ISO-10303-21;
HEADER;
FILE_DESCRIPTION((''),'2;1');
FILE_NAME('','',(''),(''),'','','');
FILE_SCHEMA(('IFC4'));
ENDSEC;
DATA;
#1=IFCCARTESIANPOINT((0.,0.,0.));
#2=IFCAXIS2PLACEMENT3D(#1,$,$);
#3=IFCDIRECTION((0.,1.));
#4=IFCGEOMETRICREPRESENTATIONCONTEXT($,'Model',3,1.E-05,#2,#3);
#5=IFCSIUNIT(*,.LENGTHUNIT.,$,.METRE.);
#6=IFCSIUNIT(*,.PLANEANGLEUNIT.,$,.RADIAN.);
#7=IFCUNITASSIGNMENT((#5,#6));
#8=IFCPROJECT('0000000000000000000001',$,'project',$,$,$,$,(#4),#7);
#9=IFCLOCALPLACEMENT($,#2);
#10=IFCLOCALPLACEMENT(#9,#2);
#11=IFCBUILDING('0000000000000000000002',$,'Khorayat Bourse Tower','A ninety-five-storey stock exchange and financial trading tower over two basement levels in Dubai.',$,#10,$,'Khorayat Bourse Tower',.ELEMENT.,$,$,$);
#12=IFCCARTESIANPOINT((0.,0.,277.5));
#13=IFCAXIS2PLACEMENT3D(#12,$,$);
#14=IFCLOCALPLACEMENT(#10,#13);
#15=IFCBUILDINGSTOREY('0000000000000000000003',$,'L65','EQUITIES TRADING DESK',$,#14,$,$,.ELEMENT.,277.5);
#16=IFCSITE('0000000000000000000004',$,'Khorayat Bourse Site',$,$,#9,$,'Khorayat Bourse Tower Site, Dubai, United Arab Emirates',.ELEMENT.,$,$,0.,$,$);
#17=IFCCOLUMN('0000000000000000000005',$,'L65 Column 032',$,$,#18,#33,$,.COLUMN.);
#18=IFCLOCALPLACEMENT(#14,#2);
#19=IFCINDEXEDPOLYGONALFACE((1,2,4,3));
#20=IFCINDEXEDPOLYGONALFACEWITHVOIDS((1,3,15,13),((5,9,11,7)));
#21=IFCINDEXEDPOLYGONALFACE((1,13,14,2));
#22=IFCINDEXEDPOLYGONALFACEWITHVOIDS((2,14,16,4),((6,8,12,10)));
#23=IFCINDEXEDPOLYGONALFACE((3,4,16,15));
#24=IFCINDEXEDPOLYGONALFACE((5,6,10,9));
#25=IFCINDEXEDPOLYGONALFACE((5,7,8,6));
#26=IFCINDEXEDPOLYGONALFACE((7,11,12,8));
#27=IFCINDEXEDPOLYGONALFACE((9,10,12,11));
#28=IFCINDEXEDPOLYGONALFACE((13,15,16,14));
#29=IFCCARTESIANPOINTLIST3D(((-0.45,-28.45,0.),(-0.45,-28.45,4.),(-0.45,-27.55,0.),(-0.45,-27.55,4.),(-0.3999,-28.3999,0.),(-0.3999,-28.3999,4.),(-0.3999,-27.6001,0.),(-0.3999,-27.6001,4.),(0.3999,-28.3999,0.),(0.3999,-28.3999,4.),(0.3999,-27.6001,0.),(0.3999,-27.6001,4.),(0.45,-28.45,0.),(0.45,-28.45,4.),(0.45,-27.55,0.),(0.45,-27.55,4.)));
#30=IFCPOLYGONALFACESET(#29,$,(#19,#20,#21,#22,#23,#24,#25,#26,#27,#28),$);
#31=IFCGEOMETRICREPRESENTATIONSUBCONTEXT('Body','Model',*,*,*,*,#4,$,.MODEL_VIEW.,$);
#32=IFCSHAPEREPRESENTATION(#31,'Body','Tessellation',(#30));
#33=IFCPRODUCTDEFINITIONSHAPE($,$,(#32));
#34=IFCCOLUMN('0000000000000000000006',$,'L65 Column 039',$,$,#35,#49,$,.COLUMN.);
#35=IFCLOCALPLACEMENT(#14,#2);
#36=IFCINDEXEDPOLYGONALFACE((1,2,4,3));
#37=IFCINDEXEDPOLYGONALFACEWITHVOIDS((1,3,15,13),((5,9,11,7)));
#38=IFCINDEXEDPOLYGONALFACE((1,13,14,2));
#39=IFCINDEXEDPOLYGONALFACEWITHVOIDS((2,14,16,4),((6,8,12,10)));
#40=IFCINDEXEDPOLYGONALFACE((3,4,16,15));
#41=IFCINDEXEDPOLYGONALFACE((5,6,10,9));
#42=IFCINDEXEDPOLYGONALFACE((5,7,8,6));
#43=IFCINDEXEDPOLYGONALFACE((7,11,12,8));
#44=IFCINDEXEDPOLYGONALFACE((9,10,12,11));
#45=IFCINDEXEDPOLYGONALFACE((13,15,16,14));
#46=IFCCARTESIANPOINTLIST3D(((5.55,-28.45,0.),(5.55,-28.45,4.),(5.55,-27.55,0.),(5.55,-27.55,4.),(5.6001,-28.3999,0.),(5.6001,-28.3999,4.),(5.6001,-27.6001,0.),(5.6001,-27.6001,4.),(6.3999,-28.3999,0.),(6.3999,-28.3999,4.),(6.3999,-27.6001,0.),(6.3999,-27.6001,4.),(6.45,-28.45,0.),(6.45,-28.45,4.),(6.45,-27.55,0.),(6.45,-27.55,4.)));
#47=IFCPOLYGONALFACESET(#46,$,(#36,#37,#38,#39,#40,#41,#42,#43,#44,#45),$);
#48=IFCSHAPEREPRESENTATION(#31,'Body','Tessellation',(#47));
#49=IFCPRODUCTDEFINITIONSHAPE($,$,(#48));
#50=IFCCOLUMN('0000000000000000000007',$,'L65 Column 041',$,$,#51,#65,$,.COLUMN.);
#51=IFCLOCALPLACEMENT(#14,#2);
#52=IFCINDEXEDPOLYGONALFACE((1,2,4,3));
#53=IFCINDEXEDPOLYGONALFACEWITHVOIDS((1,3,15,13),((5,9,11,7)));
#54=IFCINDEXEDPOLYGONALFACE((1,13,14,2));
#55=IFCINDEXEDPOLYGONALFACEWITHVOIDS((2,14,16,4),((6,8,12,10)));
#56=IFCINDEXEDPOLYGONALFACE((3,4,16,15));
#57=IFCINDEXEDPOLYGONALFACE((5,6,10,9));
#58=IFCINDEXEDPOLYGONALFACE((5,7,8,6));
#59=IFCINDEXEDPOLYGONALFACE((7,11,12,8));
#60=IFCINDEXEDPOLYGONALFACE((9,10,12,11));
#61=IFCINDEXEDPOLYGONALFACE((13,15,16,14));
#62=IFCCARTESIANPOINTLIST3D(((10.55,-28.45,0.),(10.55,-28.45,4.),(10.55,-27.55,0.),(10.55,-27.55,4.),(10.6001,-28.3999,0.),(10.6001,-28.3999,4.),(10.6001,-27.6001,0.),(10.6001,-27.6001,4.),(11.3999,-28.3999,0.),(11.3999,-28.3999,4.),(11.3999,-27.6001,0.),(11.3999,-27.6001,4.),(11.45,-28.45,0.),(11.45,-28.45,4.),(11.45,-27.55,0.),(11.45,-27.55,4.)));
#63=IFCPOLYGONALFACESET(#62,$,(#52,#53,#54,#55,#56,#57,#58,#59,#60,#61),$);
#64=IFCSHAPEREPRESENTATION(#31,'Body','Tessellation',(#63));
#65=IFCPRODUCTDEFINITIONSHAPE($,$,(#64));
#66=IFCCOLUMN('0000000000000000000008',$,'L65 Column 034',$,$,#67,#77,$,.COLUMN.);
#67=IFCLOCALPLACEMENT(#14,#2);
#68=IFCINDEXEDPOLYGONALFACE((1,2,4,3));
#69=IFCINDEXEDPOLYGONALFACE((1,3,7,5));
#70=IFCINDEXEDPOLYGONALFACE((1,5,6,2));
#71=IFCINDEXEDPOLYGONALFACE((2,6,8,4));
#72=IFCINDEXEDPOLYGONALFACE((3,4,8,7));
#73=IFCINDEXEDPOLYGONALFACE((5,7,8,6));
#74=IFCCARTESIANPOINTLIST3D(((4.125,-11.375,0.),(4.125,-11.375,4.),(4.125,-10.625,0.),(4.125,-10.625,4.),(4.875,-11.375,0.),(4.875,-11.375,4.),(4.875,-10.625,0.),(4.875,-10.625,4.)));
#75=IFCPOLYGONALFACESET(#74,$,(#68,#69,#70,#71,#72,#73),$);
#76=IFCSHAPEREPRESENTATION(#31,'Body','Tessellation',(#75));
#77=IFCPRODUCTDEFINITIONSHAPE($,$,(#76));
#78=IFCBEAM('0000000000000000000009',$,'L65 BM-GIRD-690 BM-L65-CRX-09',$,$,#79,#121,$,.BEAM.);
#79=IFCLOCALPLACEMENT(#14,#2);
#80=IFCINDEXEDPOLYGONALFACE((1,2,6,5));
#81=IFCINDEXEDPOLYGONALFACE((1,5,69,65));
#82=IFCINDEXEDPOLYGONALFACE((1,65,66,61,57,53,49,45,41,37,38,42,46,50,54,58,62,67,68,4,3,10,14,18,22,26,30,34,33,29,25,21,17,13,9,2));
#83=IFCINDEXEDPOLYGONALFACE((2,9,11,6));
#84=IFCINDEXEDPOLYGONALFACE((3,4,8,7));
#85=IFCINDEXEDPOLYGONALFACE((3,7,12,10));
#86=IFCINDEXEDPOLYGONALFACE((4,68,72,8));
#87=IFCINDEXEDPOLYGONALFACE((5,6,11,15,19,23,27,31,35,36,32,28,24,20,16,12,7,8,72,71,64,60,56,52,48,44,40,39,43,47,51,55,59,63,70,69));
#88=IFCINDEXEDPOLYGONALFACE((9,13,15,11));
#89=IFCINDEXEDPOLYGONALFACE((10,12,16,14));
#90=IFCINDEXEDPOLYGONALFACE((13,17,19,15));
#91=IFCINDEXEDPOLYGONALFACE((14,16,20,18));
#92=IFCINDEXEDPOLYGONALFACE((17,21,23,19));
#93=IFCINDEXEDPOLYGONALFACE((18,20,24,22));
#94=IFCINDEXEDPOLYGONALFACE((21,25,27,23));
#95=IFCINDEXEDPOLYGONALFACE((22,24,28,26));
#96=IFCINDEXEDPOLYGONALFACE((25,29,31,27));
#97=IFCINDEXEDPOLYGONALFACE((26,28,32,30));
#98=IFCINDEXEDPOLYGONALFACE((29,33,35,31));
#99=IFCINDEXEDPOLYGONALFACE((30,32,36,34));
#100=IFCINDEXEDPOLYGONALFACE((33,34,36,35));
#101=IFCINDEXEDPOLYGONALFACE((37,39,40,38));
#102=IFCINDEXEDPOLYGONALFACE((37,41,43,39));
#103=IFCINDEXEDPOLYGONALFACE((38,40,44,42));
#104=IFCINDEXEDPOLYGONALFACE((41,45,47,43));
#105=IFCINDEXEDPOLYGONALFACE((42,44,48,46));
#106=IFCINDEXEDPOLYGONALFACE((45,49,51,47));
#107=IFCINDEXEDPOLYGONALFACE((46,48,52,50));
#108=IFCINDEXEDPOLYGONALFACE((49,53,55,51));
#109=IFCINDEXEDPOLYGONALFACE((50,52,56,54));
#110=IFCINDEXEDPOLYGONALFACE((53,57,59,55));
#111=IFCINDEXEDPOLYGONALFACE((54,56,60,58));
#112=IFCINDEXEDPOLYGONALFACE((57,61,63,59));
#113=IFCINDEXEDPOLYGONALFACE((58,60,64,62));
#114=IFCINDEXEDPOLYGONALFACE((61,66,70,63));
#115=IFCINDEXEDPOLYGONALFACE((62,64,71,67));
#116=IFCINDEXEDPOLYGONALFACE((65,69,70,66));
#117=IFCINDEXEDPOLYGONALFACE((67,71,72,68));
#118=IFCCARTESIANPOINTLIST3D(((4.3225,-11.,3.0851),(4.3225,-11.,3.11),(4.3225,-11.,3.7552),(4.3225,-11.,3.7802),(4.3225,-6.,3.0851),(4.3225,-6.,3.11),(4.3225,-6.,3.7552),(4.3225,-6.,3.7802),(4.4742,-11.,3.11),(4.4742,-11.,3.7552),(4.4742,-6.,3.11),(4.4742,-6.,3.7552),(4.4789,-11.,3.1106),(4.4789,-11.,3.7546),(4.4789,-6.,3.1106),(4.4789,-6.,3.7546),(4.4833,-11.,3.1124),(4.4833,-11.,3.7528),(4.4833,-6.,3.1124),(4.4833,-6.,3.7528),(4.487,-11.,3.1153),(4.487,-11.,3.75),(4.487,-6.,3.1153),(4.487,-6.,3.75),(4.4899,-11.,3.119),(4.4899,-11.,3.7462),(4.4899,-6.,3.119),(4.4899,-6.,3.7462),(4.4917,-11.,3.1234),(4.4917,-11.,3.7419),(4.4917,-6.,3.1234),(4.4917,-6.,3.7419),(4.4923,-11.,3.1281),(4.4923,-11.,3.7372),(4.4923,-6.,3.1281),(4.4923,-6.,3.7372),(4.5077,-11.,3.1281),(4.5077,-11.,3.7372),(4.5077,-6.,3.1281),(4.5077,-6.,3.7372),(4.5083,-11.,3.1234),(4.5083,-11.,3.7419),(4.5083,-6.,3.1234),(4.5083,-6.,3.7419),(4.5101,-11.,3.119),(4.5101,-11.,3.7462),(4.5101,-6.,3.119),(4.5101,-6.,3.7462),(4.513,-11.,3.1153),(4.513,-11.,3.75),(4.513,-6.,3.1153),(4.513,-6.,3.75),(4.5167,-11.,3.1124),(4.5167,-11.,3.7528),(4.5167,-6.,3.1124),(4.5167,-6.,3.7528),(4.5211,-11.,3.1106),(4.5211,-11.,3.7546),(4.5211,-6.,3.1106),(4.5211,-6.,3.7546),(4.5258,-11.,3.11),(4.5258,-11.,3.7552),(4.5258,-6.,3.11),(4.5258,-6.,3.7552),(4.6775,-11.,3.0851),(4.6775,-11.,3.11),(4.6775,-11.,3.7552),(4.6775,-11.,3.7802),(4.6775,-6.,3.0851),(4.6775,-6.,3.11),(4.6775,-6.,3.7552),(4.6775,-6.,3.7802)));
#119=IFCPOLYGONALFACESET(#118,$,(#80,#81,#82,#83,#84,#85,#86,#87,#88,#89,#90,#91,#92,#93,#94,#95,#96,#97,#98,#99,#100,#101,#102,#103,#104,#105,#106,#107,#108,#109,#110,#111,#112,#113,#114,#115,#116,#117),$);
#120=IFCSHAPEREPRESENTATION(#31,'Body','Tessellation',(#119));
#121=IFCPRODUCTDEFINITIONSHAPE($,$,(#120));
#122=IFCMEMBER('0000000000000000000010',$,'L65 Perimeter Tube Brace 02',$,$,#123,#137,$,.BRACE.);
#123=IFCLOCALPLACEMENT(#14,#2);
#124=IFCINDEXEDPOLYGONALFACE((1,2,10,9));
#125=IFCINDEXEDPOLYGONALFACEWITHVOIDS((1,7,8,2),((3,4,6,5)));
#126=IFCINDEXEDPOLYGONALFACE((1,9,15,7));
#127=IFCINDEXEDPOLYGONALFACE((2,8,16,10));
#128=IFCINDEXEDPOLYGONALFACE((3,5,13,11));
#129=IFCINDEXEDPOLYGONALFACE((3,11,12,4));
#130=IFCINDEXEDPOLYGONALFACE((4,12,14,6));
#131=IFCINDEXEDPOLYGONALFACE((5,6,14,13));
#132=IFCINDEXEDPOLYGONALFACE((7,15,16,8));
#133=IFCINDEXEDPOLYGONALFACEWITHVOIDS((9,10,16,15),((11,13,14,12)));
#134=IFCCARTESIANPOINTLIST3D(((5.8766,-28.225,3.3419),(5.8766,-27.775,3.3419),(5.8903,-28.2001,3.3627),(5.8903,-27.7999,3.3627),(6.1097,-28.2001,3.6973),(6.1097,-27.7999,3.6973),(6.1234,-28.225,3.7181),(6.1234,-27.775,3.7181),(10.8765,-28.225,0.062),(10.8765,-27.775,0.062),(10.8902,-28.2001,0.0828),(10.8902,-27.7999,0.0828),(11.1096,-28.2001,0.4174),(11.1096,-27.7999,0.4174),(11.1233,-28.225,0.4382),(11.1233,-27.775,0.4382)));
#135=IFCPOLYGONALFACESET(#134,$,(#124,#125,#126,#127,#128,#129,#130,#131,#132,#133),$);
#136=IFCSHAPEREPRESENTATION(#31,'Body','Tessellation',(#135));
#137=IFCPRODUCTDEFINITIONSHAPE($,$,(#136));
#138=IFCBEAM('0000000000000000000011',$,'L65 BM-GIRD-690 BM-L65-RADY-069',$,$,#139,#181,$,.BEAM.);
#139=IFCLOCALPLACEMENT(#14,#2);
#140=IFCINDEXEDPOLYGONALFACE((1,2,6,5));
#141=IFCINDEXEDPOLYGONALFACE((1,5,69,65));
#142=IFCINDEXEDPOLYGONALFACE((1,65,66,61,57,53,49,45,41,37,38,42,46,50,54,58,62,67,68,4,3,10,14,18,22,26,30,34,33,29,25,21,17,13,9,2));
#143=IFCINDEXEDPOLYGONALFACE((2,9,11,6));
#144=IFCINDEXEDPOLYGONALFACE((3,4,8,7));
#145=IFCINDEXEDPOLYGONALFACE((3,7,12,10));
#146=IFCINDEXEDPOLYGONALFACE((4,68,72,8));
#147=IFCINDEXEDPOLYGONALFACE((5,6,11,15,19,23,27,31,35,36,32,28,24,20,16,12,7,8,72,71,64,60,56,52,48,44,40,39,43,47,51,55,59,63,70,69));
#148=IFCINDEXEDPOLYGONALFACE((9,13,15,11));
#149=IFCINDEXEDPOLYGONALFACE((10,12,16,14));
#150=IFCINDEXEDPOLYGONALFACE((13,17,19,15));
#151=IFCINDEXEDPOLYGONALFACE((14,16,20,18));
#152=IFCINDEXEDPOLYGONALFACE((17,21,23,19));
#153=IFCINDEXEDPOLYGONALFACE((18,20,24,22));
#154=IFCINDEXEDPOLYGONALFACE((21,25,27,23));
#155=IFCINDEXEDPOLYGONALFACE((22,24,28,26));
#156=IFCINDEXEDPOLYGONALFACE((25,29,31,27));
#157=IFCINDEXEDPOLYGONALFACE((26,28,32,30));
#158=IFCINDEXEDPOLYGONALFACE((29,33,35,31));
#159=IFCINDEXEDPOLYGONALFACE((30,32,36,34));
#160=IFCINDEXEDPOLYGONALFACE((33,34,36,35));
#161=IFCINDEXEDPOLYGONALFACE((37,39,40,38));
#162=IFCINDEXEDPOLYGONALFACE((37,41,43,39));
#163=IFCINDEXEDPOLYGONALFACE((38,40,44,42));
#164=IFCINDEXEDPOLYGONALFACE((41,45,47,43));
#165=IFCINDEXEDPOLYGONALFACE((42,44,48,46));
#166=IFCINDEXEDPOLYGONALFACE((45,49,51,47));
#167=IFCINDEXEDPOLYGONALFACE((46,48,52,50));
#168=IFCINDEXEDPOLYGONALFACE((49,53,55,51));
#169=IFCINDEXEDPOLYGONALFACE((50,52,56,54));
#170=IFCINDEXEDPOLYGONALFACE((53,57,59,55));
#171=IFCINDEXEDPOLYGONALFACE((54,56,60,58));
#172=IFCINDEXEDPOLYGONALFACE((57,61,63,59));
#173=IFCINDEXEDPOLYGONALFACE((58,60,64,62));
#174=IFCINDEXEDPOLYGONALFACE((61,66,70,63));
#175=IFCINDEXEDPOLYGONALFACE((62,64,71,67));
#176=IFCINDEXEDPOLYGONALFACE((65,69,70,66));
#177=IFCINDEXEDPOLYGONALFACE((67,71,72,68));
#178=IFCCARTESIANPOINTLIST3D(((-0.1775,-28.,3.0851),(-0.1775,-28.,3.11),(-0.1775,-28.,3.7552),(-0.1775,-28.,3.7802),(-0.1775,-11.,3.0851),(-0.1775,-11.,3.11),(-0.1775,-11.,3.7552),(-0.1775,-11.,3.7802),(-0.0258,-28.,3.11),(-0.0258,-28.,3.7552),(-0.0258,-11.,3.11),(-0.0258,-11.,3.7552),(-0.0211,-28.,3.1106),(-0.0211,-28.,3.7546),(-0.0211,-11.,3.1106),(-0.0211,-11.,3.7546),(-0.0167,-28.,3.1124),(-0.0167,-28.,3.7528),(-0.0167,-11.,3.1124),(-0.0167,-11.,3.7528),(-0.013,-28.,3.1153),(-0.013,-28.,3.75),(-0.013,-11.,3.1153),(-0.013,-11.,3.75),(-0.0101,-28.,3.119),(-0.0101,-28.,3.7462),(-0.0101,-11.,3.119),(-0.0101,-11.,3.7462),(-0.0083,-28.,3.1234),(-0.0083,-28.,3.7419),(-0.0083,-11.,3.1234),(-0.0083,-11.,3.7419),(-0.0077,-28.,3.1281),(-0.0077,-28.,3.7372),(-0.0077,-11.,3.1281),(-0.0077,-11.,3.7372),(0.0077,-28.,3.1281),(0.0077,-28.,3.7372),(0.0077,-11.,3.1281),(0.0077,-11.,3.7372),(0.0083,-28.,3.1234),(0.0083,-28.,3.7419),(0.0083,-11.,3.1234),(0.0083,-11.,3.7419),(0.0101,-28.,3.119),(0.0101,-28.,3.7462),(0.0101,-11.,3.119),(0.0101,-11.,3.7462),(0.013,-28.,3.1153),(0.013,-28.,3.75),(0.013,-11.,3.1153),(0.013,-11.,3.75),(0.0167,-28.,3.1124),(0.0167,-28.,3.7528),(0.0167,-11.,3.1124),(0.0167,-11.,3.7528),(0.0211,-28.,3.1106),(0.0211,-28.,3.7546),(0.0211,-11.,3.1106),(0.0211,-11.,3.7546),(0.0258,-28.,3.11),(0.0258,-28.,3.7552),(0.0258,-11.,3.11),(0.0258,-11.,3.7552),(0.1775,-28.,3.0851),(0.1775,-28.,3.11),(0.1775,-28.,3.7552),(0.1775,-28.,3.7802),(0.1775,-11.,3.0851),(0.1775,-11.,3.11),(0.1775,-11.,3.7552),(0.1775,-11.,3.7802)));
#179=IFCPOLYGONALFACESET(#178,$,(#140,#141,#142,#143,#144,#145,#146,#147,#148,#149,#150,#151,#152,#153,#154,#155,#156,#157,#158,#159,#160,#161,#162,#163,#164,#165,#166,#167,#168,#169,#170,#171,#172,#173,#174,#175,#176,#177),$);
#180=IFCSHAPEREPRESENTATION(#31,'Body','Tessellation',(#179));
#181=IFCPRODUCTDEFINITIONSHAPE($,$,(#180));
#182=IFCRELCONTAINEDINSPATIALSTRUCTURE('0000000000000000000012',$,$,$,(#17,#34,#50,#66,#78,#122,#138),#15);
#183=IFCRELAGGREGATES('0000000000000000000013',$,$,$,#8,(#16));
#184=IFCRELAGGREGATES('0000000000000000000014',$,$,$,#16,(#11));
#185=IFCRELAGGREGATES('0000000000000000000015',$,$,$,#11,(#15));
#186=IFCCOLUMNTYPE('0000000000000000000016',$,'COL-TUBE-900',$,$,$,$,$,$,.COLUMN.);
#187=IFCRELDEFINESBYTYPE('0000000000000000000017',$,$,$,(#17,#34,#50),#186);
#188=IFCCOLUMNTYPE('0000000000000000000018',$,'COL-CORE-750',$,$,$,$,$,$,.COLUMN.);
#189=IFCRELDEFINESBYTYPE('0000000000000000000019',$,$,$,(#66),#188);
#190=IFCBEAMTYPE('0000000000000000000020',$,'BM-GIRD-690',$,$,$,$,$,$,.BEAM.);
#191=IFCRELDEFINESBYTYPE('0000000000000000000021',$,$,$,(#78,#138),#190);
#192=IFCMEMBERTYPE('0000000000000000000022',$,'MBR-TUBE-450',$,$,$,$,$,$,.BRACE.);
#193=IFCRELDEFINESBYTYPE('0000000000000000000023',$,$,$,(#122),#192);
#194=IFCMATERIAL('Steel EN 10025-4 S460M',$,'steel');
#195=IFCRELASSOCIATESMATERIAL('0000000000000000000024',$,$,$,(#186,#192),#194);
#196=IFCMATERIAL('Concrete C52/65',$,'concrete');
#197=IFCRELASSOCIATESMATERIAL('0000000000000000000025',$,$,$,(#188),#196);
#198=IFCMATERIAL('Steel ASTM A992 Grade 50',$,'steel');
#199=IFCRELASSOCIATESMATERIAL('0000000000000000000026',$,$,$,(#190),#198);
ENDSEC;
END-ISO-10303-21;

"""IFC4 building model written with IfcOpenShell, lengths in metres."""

from ifc_helpers import new_model, si_unit, direction, frame, origin, origin_2d, place, context, subcontext, project, spatial, rectangle, hollow_rectangle, i_section, extrude, source, transform, mapped, material, material_profile, profile_set, type_object, element, save


model = new_model("IFC4")

# Units and contexts
model_context = context("Model", 3, precision=1e-05, world=origin(), true_north=direction((0.0, 1.0)))
body_context = subcontext(model_context, "Body", "Model", "MODEL_VIEW")
ifc_project = project(units=[si_unit("LENGTHUNIT", "METRE"), si_unit("PLANEANGLEUNIT", "RADIAN")], contexts=[model_context])

# Site, building, storey
site_placement = place(None, origin())
site = spatial("IfcSite", under=ifc_project, at=site_placement, Name="Khorayat Bourse Site", LongName="Khorayat Bourse Tower Site, Dubai, United Arab Emirates", CompositionType="ELEMENT", RefElevation=0.0)
building_placement = place(site_placement, origin())
building = spatial("IfcBuilding", under=site, at=building_placement, Name="Khorayat Bourse Tower", Description="A ninety-five-storey stock exchange and financial trading tower over two basement levels in Dubai.", LongName="Khorayat Bourse Tower", CompositionType="ELEMENT")
storey_placement = place(building_placement, frame((0.0, 0.0, 277.5)))
storey = spatial("IfcBuildingStorey", under=building, at=storey_placement, Name="L65", Description="EQUITIES TRADING DESK", CompositionType="ELEMENT", Elevation=277.5)

# Columns
ifc_material_1 = material(Name="Steel EN 10025-4 S460M", Category="steel")
ifc_material_profile_1 = material_profile(ifc_material_1, hollow_rectangle(XDim=0.8999, YDim=0.8999, WallThickness=0.05, at=origin_2d()), Name="BOX 900x900x50")
ifc_profile_set_1 = profile_set([ifc_material_profile_1], Name="Steel EN 10025-4 S460M")
column_type_1 = type_object("IfcColumnType", Name="COL-TUBE-900", PredefinedType="COLUMN", material=ifc_profile_set_1)
shared_shape_1 = source(origin(), body_context, "Body", "SweptSolid", [
    extrude(hollow_rectangle(XDim=0.8999, YDim=0.8999, WallThickness=0.05, at=origin_2d()), origin(), (0.0, 0.0, 1.0), 4.0),
])
for number, where, z_axis, x_axis, name in (
    (1, (0.0, -28.0, 0.0), (0.0, 0.0, 1.0), (1.0, 0.0, 0.0), "L65 Column 032"),
    (2, (6.0, -28.0, 0.0), (0.0, 0.0, 1.0), (1.0, 0.0, 0.0), "L65 Column 039"),
    (3, (11.0, -28.0, 0.0), (0.0, 0.0, 1.0), (1.0, 0.0, 0.0), "L65 Column 041"),
):
    element("IfcColumn", number, at=place(storey_placement, frame(where, z_axis=z_axis, x_axis=x_axis)), inside=storey, type_object=column_type_1, Name=name, PredefinedType="COLUMN", context=body_context, shape_type="MappedRepresentation", body=[
        mapped(shared_shape_1, transform((0.0, 0.0, 0.0), scale=1.0)),
    ])
ifc_material_2 = material(Name="Concrete C52/65", Category="concrete")
ifc_material_profile_2 = material_profile(ifc_material_2, rectangle(XDim=0.75, YDim=0.75, at=origin_2d()), Name="RC 750x750")
ifc_profile_set_2 = profile_set([ifc_material_profile_2], Name="Concrete C52/65")
column_type_2 = type_object("IfcColumnType", Name="COL-CORE-750", PredefinedType="COLUMN", material=ifc_profile_set_2)
shared_shape_2 = source(origin(), body_context, "Body", "SweptSolid", [
    extrude(rectangle(XDim=0.75, YDim=0.75, at=origin_2d()), origin(), (0.0, 0.0, 1.0), 4.0),
])
column_placement = place(storey_placement, frame((4.5, -11.0, 0.0), z_axis=(0.0, 0.0, 1.0), x_axis=(1.0, 0.0, 0.0)))
element("IfcColumn", 4, at=column_placement, inside=storey, type_object=column_type_2, Name="L65 Column 034", PredefinedType="COLUMN", context=body_context, shape_type="MappedRepresentation", body=[
    mapped(shared_shape_2, transform((0.0, 0.0, 0.0), scale=1.0)),
])

# Beam
ifc_material_3 = material(Name="Steel ASTM A992 Grade 50", Category="steel")
ifc_material_profile_3 = material_profile(ifc_material_3, i_section(OverallWidth=0.355, OverallDepth=0.6951, WebThickness=0.0154, FlangeThickness=0.0249, FilletRadius=0.0181, at=origin_2d()), Name="W690X217")
ifc_profile_set_3 = profile_set([ifc_material_profile_3], Name="Steel ASTM A992 Grade 50")
beam_type_1 = type_object("IfcBeamType", Name="BM-GIRD-690", PredefinedType="BEAM", material=ifc_profile_set_3)
shared_shape_3 = source(origin(), body_context, "Body", "SweptSolid", [
    extrude(i_section(OverallWidth=0.355, OverallDepth=0.6951, WebThickness=0.0154, FlangeThickness=0.0249, FilletRadius=0.0181, at=origin_2d()), origin(), (0.0, 0.0, 1.0), 5.0),
])
beam_1_placement = place(storey_placement, frame((4.5, -11.0, 3.4326), z_axis=(0.0, 1.0, 0.0), x_axis=(-1.0, 0.0, 0.0)))
element("IfcBeam", 5, at=beam_1_placement, inside=storey, type_object=beam_type_1, Name="L65 BM-GIRD-690 BM-L65-CRX-09", PredefinedType="BEAM", context=body_context, shape_type="MappedRepresentation", body=[
    mapped(shared_shape_3, transform((0.0, 0.0, 0.0), scale=1.0)),
])

# Member
ifc_material_profile_4 = material_profile(ifc_material_1, hollow_rectangle(XDim=0.45, YDim=0.45, WallThickness=0.0249, at=origin_2d()), Name="HSS 450x450x25")
ifc_profile_set_4 = profile_set([ifc_material_profile_4], Name="Steel EN 10025-4 S460M")
member_type_1 = type_object("IfcMemberType", Name="MBR-TUBE-450", PredefinedType="BRACE", material=ifc_profile_set_4)
shared_shape_4 = source(origin(), body_context, "Body", "SweptSolid", [
    extrude(hollow_rectangle(XDim=0.45, YDim=0.45, WallThickness=0.0249, at=origin_2d()), origin(), (0.0, 0.0, 1.0), 5.9797),
])
member_1_placement = place(storey_placement, frame((6.0, -28.0, 3.53), z_axis=(0.836142, 0.0, -0.548514), x_axis=(0.0, 1.0, 0.0)))
element("IfcMember", 6, at=member_1_placement, inside=storey, type_object=member_type_1, Name="L65 Perimeter Tube Brace 02", PredefinedType="BRACE", context=body_context, shape_type="MappedRepresentation", body=[
    mapped(shared_shape_4, transform((0.0, 0.0, 0.0), scale=1.0)),
])

# Beam
shared_shape_5 = source(origin(), body_context, "Body", "SweptSolid", [
    extrude(i_section(OverallWidth=0.355, OverallDepth=0.6951, WebThickness=0.0154, FlangeThickness=0.0249, FilletRadius=0.0181, at=origin_2d()), origin(), (0.0, 0.0, 1.0), 17.0),
])
for number, where, z_axis, x_axis, name in (
    (7, (0.0, -28.0, 3.4326), (0.0, 1.0, 0.0), (-1.0, 0.0, 0.0), "L65 BM-GIRD-690 BM-L65-RADY-069"),
):
    element("IfcBeam", number, at=place(storey_placement, frame(where, z_axis=z_axis, x_axis=x_axis)), inside=storey, type_object=beam_type_1, Name=name, PredefinedType="BEAM", context=body_context, shape_type="MappedRepresentation", body=[
        mapped(shared_shape_5, transform((0.0, 0.0, 0.0), scale=1.0)),
    ])

save(model, "model.ifc")
